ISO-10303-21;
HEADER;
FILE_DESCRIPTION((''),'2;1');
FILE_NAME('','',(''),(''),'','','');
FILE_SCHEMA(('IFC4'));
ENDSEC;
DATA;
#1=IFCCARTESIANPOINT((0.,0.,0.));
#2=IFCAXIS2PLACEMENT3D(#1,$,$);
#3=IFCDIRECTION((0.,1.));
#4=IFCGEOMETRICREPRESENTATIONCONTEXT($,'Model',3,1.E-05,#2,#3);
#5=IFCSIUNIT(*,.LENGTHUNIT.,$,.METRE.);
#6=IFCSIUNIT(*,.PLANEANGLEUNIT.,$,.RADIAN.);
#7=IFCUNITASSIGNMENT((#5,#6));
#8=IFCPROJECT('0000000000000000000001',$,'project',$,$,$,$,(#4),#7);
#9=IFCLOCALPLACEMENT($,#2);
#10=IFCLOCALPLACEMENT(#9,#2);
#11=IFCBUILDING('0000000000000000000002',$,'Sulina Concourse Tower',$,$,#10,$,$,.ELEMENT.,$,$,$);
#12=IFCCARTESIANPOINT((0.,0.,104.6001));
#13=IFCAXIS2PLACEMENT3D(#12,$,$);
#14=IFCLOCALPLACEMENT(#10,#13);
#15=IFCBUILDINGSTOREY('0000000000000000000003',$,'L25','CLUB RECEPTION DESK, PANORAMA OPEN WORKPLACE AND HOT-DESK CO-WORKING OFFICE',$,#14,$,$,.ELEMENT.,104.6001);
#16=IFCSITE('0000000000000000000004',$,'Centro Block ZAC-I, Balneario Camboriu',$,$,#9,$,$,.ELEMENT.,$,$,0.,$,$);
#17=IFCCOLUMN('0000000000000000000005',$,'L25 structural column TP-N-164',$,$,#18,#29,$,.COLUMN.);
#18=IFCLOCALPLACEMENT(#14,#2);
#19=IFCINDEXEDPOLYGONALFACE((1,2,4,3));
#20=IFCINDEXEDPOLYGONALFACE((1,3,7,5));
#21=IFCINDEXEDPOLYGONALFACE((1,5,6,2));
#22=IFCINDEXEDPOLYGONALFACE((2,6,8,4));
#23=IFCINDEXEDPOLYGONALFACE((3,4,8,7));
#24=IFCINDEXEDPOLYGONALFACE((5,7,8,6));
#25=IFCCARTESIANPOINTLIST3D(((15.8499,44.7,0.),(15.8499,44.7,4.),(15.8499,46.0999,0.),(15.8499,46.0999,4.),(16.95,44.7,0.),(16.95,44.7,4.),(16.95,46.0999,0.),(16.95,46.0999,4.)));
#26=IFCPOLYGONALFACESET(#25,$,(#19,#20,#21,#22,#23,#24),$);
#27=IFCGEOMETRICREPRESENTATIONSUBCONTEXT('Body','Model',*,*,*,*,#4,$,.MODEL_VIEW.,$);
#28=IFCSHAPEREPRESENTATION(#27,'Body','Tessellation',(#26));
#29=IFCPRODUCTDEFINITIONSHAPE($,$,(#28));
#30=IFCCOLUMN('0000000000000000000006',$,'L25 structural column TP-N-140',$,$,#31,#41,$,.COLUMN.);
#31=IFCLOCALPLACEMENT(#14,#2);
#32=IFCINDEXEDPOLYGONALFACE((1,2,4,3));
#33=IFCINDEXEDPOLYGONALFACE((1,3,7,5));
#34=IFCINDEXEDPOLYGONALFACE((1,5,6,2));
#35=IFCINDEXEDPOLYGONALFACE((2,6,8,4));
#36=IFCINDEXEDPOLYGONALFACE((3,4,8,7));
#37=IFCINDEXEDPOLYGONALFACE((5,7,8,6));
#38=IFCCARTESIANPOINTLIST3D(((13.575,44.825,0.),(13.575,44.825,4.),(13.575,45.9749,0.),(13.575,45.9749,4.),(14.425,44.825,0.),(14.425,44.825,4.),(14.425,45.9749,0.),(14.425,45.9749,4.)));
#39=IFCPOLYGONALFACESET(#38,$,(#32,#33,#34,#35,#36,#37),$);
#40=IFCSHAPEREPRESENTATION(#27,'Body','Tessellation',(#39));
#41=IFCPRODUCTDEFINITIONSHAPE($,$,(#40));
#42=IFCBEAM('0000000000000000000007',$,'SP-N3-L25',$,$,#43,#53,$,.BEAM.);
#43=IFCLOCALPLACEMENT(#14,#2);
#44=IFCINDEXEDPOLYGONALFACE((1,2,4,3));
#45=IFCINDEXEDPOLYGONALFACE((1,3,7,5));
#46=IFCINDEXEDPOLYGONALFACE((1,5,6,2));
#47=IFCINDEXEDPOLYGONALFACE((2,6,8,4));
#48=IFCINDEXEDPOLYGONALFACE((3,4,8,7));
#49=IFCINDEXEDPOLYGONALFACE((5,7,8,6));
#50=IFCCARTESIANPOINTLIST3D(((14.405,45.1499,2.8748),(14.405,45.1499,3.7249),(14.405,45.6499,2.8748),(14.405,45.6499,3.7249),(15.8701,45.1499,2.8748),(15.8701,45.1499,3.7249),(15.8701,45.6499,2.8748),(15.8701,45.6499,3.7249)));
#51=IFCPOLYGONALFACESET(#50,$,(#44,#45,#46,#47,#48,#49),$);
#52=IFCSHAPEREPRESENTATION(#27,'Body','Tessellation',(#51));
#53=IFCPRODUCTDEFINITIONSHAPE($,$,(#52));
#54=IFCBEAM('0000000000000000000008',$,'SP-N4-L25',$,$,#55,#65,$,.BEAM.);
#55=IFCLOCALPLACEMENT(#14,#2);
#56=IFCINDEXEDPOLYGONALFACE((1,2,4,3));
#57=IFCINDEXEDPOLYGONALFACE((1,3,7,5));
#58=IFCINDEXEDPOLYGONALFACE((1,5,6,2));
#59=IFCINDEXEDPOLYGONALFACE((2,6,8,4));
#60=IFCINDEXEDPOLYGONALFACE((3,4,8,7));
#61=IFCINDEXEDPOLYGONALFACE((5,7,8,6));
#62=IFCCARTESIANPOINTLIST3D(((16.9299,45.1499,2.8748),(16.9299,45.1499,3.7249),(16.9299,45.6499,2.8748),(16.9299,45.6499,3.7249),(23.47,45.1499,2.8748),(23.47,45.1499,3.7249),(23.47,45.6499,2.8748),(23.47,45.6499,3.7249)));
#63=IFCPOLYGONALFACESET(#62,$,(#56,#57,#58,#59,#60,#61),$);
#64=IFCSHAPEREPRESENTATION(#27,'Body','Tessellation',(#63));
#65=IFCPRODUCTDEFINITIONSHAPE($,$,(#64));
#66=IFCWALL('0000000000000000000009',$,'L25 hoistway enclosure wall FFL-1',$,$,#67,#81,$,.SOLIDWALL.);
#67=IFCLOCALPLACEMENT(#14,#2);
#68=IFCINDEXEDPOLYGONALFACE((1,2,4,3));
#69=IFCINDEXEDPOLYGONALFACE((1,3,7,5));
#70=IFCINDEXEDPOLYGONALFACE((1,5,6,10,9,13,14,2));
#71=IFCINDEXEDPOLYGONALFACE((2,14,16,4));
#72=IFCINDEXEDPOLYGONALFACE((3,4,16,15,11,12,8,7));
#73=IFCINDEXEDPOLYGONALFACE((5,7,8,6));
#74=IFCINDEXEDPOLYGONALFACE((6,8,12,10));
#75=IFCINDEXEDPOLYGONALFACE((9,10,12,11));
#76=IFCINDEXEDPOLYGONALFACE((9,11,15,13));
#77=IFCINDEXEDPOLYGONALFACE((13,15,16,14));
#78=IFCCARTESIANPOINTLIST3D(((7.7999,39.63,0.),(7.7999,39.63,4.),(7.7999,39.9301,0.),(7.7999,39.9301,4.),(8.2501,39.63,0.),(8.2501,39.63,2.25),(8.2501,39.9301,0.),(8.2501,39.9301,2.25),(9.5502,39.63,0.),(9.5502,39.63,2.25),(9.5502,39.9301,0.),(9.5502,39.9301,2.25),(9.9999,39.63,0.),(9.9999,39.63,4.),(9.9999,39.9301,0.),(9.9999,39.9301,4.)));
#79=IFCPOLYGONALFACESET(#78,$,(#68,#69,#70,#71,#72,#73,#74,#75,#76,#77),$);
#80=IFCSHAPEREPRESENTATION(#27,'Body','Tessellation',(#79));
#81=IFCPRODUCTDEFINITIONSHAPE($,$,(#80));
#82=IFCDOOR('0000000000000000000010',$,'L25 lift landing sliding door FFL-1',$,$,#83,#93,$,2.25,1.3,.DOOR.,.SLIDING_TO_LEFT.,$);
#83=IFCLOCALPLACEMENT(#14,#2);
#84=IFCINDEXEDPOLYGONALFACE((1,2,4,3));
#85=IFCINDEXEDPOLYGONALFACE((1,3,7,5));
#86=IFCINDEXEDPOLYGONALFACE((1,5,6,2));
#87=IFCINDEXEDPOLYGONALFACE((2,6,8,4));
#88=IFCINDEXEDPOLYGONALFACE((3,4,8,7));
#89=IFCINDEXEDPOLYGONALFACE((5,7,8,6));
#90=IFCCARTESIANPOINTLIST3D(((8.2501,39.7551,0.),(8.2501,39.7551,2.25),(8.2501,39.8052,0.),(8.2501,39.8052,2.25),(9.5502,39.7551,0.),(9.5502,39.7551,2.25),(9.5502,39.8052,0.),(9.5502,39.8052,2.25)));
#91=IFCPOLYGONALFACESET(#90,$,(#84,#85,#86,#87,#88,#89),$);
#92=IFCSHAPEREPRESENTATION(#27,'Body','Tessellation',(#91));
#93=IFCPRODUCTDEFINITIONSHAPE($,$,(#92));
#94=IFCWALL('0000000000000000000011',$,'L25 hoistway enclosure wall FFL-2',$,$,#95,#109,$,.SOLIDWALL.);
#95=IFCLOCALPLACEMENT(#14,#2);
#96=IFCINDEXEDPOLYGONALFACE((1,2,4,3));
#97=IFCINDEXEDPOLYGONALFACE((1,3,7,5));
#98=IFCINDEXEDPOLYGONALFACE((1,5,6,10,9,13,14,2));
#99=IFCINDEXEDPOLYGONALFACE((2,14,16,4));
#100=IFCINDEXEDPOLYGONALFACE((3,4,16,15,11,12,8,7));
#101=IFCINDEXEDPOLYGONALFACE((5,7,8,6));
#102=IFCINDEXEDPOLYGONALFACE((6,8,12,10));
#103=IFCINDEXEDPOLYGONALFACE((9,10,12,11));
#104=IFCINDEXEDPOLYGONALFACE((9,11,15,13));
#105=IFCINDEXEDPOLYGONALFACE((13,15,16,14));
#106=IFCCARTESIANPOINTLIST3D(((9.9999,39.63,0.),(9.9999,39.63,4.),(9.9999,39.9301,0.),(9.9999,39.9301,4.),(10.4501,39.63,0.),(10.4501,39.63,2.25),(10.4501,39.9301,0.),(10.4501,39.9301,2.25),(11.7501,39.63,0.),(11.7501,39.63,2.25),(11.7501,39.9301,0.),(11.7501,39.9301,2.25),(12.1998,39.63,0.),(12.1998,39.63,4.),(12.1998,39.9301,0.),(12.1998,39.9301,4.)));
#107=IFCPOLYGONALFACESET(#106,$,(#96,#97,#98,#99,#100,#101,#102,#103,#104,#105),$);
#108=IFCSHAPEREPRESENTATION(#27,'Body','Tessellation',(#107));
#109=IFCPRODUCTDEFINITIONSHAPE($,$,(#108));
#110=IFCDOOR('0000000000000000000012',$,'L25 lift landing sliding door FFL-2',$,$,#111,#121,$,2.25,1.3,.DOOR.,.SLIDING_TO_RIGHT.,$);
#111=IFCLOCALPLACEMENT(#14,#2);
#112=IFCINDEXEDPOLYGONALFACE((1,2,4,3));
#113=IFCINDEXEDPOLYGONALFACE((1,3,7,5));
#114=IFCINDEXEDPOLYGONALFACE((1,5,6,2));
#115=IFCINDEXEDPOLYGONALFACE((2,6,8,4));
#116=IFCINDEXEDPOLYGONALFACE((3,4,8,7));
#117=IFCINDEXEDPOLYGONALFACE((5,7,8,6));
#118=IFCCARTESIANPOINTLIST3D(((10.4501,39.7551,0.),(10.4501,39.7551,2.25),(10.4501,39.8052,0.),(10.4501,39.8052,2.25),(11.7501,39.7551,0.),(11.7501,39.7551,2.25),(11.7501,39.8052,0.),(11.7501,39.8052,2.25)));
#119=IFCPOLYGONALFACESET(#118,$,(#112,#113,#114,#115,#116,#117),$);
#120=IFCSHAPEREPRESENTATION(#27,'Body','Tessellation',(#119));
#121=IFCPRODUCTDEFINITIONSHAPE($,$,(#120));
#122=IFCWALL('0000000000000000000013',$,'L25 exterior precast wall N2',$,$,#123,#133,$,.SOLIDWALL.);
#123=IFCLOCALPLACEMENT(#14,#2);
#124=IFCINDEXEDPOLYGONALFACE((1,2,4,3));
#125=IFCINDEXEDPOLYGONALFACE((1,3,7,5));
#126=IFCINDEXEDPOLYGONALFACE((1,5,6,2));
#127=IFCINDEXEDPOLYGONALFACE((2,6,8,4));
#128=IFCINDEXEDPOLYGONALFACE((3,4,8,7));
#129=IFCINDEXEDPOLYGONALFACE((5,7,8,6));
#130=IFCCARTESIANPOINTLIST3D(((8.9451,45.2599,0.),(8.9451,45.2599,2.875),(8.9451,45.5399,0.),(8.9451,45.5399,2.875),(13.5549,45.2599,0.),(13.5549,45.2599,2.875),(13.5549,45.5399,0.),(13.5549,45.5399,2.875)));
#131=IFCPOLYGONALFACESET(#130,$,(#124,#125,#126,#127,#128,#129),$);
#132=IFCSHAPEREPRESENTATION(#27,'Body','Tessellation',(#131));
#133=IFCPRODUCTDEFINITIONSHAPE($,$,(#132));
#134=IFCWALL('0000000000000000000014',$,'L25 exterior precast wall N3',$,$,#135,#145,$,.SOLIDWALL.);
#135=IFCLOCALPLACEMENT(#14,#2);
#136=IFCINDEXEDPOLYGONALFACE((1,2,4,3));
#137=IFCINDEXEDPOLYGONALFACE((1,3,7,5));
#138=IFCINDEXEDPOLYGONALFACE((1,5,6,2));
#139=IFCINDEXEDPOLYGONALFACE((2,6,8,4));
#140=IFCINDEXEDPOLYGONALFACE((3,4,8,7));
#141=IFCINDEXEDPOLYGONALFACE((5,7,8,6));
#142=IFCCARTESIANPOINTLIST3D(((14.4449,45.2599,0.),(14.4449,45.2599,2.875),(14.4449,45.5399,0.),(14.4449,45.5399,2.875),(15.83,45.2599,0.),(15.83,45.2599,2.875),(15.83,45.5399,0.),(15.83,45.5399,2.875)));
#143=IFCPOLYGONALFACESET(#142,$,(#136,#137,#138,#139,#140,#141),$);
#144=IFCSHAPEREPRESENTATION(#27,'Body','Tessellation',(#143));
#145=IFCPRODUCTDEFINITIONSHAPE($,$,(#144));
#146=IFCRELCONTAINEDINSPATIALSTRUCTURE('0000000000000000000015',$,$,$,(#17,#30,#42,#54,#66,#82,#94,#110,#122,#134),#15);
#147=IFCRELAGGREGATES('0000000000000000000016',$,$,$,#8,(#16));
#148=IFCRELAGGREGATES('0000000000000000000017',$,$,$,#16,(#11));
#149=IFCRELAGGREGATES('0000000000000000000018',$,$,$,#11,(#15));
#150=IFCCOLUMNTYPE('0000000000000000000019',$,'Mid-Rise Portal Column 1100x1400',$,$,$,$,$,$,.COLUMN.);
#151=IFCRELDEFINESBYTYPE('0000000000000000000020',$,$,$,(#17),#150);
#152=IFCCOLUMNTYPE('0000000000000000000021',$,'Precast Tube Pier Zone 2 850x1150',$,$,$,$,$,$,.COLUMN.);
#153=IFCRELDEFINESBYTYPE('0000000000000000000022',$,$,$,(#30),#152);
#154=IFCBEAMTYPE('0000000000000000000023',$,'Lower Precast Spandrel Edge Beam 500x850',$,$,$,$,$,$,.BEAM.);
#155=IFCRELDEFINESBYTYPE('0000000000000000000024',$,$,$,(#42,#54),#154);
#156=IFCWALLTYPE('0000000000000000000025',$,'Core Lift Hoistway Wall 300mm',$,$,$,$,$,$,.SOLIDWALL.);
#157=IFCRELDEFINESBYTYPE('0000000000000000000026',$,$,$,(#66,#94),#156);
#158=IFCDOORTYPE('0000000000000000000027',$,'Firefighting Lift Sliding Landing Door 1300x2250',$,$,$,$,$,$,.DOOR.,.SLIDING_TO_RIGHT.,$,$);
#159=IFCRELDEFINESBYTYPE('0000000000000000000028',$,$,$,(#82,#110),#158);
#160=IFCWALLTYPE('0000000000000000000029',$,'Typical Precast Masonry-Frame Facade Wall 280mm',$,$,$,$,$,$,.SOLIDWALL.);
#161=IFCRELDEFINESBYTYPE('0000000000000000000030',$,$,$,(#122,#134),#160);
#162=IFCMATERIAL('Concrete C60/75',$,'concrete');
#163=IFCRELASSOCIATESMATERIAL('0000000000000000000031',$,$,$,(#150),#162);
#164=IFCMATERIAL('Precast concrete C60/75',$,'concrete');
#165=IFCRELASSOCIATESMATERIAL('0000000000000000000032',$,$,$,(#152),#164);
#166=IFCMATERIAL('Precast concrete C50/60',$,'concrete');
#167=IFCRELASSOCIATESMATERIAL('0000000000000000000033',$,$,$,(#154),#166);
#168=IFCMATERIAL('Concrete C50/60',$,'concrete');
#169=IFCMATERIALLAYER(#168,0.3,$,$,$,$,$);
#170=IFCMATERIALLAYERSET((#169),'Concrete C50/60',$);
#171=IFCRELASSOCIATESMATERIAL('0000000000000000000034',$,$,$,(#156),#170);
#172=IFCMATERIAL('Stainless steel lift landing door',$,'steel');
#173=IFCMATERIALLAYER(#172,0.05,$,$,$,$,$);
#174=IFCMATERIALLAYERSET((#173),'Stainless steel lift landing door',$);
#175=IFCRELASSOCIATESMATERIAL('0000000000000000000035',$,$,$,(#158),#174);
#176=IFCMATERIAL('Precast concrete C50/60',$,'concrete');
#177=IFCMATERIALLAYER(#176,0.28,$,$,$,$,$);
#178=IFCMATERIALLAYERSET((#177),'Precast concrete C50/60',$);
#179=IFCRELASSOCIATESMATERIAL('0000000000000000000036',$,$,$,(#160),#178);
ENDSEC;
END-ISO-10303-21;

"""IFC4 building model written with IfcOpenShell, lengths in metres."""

from ifc_helpers import new_model, si_unit, direction, frame, frame_2d, origin, origin_2d, place, context, subcontext, project, spatial, rectangle, extrude, material, layer, layer_set, material_profile, profile_set, type_object, element, fill, save


model = new_model("IFC4")

# Units and contexts
model_context = context("Model", 3, precision=1e-05, world=origin(), true_north=direction((0.0, 1.0)))
body_context = subcontext(model_context, "Body", "Model", "MODEL_VIEW")
ifc_project = project(units=[si_unit("LENGTHUNIT", "METRE"), si_unit("PLANEANGLEUNIT", "RADIAN")], contexts=[model_context])

# Site, building, storey
site_placement = place(None, origin())
site = spatial("IfcSite", under=ifc_project, at=site_placement, Name="Centro Block ZAC-I, Balneario Camboriu", CompositionType="ELEMENT", RefElevation=0.0)
building_placement = place(site_placement, origin())
building = spatial("IfcBuilding", under=site, at=building_placement, Name="Sulina Concourse Tower", CompositionType="ELEMENT")
storey_placement = place(building_placement, frame((0.0, 0.0, 104.6001)))
storey = spatial("IfcBuildingStorey", under=building, at=storey_placement, Name="L25", Description="CLUB RECEPTION DESK, PANORAMA OPEN WORKPLACE AND HOT-DESK CO-WORKING OFFICE", CompositionType="ELEMENT", Elevation=104.6001)

# Columns
ifc_material_1 = material(Name="Concrete C60/75", Category="concrete")
ifc_material_profile_1 = material_profile(ifc_material_1, rectangle(XDim=1.1001, YDim=1.3999, at=origin_2d()), Name="RC 1100x1400")
ifc_profile_set_1 = profile_set([ifc_material_profile_1], Name="Concrete C60/75")
column_type_1 = type_object("IfcColumnType", Name="Mid-Rise Portal Column 1100x1400", PredefinedType="COLUMN", material=ifc_profile_set_1)
column_1_placement = place(storey_placement, frame((16.3999, 45.3999, 0.0), z_axis=(0.0, 0.0, 1.0), x_axis=(1.0, 0.0, 0.0)))
element("IfcColumn", 1, at=column_1_placement, inside=storey, type_object=column_type_1, Name="L25 structural column TP-N-164", PredefinedType="COLUMN", context=body_context, shape_type="SweptSolid", body=[
    extrude(rectangle(XDim=1.1001, YDim=1.3999, at=origin_2d()), origin(), (0.0, 0.0, 1.0), 4.0),
])
ifc_material_2 = material(Name="Precast concrete C60/75", Category="concrete")
ifc_material_profile_2 = material_profile(ifc_material_2, rectangle(XDim=0.8501, YDim=1.1499, at=origin_2d()), Name="PC 850x1150")
ifc_profile_set_2 = profile_set([ifc_material_profile_2], Name="Precast concrete C60/75")
column_type_2 = type_object("IfcColumnType", Name="Precast Tube Pier Zone 2 850x1150", PredefinedType="COLUMN", material=ifc_profile_set_2)
column_2_placement = place(storey_placement, frame((14.0, 45.3999, 0.0), z_axis=(0.0, 0.0, 1.0), x_axis=(1.0, 0.0, 0.0)))
element("IfcColumn", 2, at=column_2_placement, inside=storey, type_object=column_type_2, Name="L25 structural column TP-N-140", PredefinedType="COLUMN", context=body_context, shape_type="SweptSolid", body=[
    extrude(rectangle(XDim=0.8501, YDim=1.1499, at=origin_2d()), origin(), (0.0, 0.0, 1.0), 4.0),
])

# Beams
ifc_material_3 = material(Name="Precast concrete C50/60", Category="concrete")
ifc_material_profile_3 = material_profile(ifc_material_3, rectangle(XDim=0.5, YDim=0.8501, at=origin_2d()), Name="RC 500x850")
ifc_profile_set_3 = profile_set([ifc_material_profile_3], Name="Precast concrete C50/60")
beam_type = type_object("IfcBeamType", Name="Lower Precast Spandrel Edge Beam 500x850", PredefinedType="BEAM", material=ifc_profile_set_3)
beam_1_placement = place(storey_placement, frame((14.405, 45.3999, 3.2998), z_axis=(1.0, 0.0, 0.0), x_axis=(0.0, 1.0, 0.0)))
element("IfcBeam", 3, at=beam_1_placement, inside=storey, type_object=beam_type, Name="SP-N3-L25", PredefinedType="BEAM", context=body_context, shape_type="SweptSolid", body=[
    extrude(rectangle(XDim=0.5, YDim=0.8501, at=origin_2d()), origin(), (0.0, 0.0, 1.0), 1.4651),
])
beam_2_placement = place(storey_placement, frame((16.9299, 45.3999, 3.2998), z_axis=(1.0, 0.0, 0.0), x_axis=(0.0, 1.0, 0.0)))
element("IfcBeam", 4, at=beam_2_placement, inside=storey, type_object=beam_type, Name="SP-N4-L25", PredefinedType="BEAM", context=body_context, shape_type="SweptSolid", body=[
    extrude(rectangle(XDim=0.5, YDim=0.8501, at=origin_2d()), origin(), (0.0, 0.0, 1.0), 6.54),
])

# Walls, openings, doors
ifc_material_4 = material(Name="Concrete C50/60", Category="concrete")
ifc_layer_1 = layer(ifc_material_4, 0.3)
ifc_layer_set_1 = layer_set([ifc_layer_1], Name="Concrete C50/60")
wall_type_1 = type_object("IfcWallType", Name="Core Lift Hoistway Wall 300mm", PredefinedType="SOLIDWALL", material=ifc_layer_set_1)
wall_1_placement = place(storey_placement, frame((10.0, 39.78, 0.0), z_axis=(0.0, 0.0, 1.0), x_axis=(-1.0, 0.0, 0.0)))
wall_1 = element("IfcWall", 5, at=wall_1_placement, inside=storey, type_object=wall_type_1, Name="L25 hoistway enclosure wall FFL-1", PredefinedType="SOLIDWALL", context=body_context, shape_type="SweptSolid", body=[
    extrude(rectangle(XDim=2.2, YDim=0.3, at=frame_2d((1.1001, 0.0))), origin(), (0.0, 0.0, 1.0), 4.0),
])
opening_1_placement = place(wall_1_placement, frame((0.45, 0.0, 0.0)))
opening_1 = element("IfcOpeningElement", 6, at=opening_1_placement, cuts=wall_1, PredefinedType="OPENING", context=body_context, shape_type="SweptSolid", body=[
    extrude(rectangle(XDim=1.3, YDim=2.25, at=frame_2d((0.6499, 1.125))), frame((0.0, 0.1599, 0.0), z_axis=(0.0, -1.0, 0.0), x_axis=(1.0, 0.0, 0.0)), (0.0, 0.0, 1.0), 0.3201),
])
ifc_material_5 = material(Name="Stainless steel lift landing door", Category="steel")
ifc_layer_2 = layer(ifc_material_5, 0.05)
ifc_layer_set_2 = layer_set([ifc_layer_2], Name="Stainless steel lift landing door")
door_type = type_object("IfcDoorType", Name="Firefighting Lift Sliding Landing Door 1300x2250", OperationType="SLIDING_TO_RIGHT", PredefinedType="DOOR", material=ifc_layer_set_2)
door_1_placement = place(opening_1_placement, origin())
door_1 = element("IfcDoor", 7, at=door_1_placement, inside=storey, type_object=door_type, Name="L25 lift landing sliding door FFL-1", OperationType="SLIDING_TO_LEFT", OverallHeight=2.25, OverallWidth=1.3, PredefinedType="DOOR", context=body_context, shape_type="SweptSolid", body=[
    extrude(rectangle(XDim=1.3, YDim=2.25, at=frame_2d((0.6499, 1.125))), frame((0.0, 0.0249, 0.0), z_axis=(0.0, -1.0, 0.0), x_axis=(1.0, 0.0, 0.0)), (0.0, 0.0, 1.0), 0.05),
])
fill(opening_1, door_1)
wall_2_placement = place(storey_placement, frame((12.2, 39.78, 0.0), z_axis=(0.0, 0.0, 1.0), x_axis=(-1.0, 0.0, 0.0)))
wall_2 = element("IfcWall", 8, at=wall_2_placement, inside=storey, type_object=wall_type_1, Name="L25 hoistway enclosure wall FFL-2", PredefinedType="SOLIDWALL", context=body_context, shape_type="SweptSolid", body=[
    extrude(rectangle(XDim=2.2, YDim=0.3, at=frame_2d((1.1001, 0.0))), origin(), (0.0, 0.0, 1.0), 4.0),
])
opening_2_placement = place(wall_2_placement, frame((0.45, 0.0, 0.0)))
opening_2 = element("IfcOpeningElement", 9, at=opening_2_placement, cuts=wall_2, PredefinedType="OPENING", context=body_context, shape_type="SweptSolid", body=[
    extrude(rectangle(XDim=1.3, YDim=2.25, at=frame_2d((0.6499, 1.125))), frame((0.0, 0.1599, 0.0), z_axis=(0.0, -1.0, 0.0), x_axis=(1.0, 0.0, 0.0)), (0.0, 0.0, 1.0), 0.3201),
])
door_2_placement = place(opening_2_placement, origin())
door_2 = element("IfcDoor", 10, at=door_2_placement, inside=storey, type_object=door_type, Name="L25 lift landing sliding door FFL-2", OperationType="SLIDING_TO_RIGHT", OverallHeight=2.25, OverallWidth=1.3, PredefinedType="DOOR", context=body_context, shape_type="SweptSolid", body=[
    extrude(rectangle(XDim=1.3, YDim=2.25, at=frame_2d((0.6499, 1.125))), frame((0.0, 0.0249, 0.0), z_axis=(0.0, -1.0, 0.0), x_axis=(1.0, 0.0, 0.0)), (0.0, 0.0, 1.0), 0.05),
])
fill(opening_2, door_2)

# Walls
ifc_material_6 = material(Name="Precast concrete C50/60", Category="concrete")
ifc_layer_3 = layer(ifc_material_6, 0.28)
ifc_layer_set_3 = layer_set([ifc_layer_3], Name="Precast concrete C50/60")
wall_type_2 = type_object("IfcWallType", Name="Typical Precast Masonry-Frame Facade Wall 280mm", PredefinedType="SOLIDWALL", material=ifc_layer_set_3)
wall_3_placement = place(storey_placement, frame((8.9451, 45.3999, 0.0), z_axis=(0.0, 0.0, 1.0), x_axis=(1.0, 0.0, 0.0)))
element("IfcWall", 11, at=wall_3_placement, inside=storey, type_object=wall_type_2, Name="L25 exterior precast wall N2", PredefinedType="SOLIDWALL", context=body_context, shape_type="SweptSolid", body=[
    extrude(rectangle(XDim=4.6099, YDim=0.28, at=frame_2d((2.3049, 0.0))), origin(), (0.0, 0.0, 1.0), 2.875),
])
wall_4_placement = place(storey_placement, frame((14.4451, 45.3999, 0.0), z_axis=(0.0, 0.0, 1.0), x_axis=(1.0, 0.0, 0.0)))
element("IfcWall", 12, at=wall_4_placement, inside=storey, type_object=wall_type_2, Name="L25 exterior precast wall N3", PredefinedType="SOLIDWALL", context=body_context, shape_type="SweptSolid", body=[
    extrude(rectangle(XDim=1.385, YDim=0.28, at=frame_2d((0.6924, 0.0))), origin(), (0.0, 0.0, 1.0), 2.875),
])

save(model, "model.ifc")
